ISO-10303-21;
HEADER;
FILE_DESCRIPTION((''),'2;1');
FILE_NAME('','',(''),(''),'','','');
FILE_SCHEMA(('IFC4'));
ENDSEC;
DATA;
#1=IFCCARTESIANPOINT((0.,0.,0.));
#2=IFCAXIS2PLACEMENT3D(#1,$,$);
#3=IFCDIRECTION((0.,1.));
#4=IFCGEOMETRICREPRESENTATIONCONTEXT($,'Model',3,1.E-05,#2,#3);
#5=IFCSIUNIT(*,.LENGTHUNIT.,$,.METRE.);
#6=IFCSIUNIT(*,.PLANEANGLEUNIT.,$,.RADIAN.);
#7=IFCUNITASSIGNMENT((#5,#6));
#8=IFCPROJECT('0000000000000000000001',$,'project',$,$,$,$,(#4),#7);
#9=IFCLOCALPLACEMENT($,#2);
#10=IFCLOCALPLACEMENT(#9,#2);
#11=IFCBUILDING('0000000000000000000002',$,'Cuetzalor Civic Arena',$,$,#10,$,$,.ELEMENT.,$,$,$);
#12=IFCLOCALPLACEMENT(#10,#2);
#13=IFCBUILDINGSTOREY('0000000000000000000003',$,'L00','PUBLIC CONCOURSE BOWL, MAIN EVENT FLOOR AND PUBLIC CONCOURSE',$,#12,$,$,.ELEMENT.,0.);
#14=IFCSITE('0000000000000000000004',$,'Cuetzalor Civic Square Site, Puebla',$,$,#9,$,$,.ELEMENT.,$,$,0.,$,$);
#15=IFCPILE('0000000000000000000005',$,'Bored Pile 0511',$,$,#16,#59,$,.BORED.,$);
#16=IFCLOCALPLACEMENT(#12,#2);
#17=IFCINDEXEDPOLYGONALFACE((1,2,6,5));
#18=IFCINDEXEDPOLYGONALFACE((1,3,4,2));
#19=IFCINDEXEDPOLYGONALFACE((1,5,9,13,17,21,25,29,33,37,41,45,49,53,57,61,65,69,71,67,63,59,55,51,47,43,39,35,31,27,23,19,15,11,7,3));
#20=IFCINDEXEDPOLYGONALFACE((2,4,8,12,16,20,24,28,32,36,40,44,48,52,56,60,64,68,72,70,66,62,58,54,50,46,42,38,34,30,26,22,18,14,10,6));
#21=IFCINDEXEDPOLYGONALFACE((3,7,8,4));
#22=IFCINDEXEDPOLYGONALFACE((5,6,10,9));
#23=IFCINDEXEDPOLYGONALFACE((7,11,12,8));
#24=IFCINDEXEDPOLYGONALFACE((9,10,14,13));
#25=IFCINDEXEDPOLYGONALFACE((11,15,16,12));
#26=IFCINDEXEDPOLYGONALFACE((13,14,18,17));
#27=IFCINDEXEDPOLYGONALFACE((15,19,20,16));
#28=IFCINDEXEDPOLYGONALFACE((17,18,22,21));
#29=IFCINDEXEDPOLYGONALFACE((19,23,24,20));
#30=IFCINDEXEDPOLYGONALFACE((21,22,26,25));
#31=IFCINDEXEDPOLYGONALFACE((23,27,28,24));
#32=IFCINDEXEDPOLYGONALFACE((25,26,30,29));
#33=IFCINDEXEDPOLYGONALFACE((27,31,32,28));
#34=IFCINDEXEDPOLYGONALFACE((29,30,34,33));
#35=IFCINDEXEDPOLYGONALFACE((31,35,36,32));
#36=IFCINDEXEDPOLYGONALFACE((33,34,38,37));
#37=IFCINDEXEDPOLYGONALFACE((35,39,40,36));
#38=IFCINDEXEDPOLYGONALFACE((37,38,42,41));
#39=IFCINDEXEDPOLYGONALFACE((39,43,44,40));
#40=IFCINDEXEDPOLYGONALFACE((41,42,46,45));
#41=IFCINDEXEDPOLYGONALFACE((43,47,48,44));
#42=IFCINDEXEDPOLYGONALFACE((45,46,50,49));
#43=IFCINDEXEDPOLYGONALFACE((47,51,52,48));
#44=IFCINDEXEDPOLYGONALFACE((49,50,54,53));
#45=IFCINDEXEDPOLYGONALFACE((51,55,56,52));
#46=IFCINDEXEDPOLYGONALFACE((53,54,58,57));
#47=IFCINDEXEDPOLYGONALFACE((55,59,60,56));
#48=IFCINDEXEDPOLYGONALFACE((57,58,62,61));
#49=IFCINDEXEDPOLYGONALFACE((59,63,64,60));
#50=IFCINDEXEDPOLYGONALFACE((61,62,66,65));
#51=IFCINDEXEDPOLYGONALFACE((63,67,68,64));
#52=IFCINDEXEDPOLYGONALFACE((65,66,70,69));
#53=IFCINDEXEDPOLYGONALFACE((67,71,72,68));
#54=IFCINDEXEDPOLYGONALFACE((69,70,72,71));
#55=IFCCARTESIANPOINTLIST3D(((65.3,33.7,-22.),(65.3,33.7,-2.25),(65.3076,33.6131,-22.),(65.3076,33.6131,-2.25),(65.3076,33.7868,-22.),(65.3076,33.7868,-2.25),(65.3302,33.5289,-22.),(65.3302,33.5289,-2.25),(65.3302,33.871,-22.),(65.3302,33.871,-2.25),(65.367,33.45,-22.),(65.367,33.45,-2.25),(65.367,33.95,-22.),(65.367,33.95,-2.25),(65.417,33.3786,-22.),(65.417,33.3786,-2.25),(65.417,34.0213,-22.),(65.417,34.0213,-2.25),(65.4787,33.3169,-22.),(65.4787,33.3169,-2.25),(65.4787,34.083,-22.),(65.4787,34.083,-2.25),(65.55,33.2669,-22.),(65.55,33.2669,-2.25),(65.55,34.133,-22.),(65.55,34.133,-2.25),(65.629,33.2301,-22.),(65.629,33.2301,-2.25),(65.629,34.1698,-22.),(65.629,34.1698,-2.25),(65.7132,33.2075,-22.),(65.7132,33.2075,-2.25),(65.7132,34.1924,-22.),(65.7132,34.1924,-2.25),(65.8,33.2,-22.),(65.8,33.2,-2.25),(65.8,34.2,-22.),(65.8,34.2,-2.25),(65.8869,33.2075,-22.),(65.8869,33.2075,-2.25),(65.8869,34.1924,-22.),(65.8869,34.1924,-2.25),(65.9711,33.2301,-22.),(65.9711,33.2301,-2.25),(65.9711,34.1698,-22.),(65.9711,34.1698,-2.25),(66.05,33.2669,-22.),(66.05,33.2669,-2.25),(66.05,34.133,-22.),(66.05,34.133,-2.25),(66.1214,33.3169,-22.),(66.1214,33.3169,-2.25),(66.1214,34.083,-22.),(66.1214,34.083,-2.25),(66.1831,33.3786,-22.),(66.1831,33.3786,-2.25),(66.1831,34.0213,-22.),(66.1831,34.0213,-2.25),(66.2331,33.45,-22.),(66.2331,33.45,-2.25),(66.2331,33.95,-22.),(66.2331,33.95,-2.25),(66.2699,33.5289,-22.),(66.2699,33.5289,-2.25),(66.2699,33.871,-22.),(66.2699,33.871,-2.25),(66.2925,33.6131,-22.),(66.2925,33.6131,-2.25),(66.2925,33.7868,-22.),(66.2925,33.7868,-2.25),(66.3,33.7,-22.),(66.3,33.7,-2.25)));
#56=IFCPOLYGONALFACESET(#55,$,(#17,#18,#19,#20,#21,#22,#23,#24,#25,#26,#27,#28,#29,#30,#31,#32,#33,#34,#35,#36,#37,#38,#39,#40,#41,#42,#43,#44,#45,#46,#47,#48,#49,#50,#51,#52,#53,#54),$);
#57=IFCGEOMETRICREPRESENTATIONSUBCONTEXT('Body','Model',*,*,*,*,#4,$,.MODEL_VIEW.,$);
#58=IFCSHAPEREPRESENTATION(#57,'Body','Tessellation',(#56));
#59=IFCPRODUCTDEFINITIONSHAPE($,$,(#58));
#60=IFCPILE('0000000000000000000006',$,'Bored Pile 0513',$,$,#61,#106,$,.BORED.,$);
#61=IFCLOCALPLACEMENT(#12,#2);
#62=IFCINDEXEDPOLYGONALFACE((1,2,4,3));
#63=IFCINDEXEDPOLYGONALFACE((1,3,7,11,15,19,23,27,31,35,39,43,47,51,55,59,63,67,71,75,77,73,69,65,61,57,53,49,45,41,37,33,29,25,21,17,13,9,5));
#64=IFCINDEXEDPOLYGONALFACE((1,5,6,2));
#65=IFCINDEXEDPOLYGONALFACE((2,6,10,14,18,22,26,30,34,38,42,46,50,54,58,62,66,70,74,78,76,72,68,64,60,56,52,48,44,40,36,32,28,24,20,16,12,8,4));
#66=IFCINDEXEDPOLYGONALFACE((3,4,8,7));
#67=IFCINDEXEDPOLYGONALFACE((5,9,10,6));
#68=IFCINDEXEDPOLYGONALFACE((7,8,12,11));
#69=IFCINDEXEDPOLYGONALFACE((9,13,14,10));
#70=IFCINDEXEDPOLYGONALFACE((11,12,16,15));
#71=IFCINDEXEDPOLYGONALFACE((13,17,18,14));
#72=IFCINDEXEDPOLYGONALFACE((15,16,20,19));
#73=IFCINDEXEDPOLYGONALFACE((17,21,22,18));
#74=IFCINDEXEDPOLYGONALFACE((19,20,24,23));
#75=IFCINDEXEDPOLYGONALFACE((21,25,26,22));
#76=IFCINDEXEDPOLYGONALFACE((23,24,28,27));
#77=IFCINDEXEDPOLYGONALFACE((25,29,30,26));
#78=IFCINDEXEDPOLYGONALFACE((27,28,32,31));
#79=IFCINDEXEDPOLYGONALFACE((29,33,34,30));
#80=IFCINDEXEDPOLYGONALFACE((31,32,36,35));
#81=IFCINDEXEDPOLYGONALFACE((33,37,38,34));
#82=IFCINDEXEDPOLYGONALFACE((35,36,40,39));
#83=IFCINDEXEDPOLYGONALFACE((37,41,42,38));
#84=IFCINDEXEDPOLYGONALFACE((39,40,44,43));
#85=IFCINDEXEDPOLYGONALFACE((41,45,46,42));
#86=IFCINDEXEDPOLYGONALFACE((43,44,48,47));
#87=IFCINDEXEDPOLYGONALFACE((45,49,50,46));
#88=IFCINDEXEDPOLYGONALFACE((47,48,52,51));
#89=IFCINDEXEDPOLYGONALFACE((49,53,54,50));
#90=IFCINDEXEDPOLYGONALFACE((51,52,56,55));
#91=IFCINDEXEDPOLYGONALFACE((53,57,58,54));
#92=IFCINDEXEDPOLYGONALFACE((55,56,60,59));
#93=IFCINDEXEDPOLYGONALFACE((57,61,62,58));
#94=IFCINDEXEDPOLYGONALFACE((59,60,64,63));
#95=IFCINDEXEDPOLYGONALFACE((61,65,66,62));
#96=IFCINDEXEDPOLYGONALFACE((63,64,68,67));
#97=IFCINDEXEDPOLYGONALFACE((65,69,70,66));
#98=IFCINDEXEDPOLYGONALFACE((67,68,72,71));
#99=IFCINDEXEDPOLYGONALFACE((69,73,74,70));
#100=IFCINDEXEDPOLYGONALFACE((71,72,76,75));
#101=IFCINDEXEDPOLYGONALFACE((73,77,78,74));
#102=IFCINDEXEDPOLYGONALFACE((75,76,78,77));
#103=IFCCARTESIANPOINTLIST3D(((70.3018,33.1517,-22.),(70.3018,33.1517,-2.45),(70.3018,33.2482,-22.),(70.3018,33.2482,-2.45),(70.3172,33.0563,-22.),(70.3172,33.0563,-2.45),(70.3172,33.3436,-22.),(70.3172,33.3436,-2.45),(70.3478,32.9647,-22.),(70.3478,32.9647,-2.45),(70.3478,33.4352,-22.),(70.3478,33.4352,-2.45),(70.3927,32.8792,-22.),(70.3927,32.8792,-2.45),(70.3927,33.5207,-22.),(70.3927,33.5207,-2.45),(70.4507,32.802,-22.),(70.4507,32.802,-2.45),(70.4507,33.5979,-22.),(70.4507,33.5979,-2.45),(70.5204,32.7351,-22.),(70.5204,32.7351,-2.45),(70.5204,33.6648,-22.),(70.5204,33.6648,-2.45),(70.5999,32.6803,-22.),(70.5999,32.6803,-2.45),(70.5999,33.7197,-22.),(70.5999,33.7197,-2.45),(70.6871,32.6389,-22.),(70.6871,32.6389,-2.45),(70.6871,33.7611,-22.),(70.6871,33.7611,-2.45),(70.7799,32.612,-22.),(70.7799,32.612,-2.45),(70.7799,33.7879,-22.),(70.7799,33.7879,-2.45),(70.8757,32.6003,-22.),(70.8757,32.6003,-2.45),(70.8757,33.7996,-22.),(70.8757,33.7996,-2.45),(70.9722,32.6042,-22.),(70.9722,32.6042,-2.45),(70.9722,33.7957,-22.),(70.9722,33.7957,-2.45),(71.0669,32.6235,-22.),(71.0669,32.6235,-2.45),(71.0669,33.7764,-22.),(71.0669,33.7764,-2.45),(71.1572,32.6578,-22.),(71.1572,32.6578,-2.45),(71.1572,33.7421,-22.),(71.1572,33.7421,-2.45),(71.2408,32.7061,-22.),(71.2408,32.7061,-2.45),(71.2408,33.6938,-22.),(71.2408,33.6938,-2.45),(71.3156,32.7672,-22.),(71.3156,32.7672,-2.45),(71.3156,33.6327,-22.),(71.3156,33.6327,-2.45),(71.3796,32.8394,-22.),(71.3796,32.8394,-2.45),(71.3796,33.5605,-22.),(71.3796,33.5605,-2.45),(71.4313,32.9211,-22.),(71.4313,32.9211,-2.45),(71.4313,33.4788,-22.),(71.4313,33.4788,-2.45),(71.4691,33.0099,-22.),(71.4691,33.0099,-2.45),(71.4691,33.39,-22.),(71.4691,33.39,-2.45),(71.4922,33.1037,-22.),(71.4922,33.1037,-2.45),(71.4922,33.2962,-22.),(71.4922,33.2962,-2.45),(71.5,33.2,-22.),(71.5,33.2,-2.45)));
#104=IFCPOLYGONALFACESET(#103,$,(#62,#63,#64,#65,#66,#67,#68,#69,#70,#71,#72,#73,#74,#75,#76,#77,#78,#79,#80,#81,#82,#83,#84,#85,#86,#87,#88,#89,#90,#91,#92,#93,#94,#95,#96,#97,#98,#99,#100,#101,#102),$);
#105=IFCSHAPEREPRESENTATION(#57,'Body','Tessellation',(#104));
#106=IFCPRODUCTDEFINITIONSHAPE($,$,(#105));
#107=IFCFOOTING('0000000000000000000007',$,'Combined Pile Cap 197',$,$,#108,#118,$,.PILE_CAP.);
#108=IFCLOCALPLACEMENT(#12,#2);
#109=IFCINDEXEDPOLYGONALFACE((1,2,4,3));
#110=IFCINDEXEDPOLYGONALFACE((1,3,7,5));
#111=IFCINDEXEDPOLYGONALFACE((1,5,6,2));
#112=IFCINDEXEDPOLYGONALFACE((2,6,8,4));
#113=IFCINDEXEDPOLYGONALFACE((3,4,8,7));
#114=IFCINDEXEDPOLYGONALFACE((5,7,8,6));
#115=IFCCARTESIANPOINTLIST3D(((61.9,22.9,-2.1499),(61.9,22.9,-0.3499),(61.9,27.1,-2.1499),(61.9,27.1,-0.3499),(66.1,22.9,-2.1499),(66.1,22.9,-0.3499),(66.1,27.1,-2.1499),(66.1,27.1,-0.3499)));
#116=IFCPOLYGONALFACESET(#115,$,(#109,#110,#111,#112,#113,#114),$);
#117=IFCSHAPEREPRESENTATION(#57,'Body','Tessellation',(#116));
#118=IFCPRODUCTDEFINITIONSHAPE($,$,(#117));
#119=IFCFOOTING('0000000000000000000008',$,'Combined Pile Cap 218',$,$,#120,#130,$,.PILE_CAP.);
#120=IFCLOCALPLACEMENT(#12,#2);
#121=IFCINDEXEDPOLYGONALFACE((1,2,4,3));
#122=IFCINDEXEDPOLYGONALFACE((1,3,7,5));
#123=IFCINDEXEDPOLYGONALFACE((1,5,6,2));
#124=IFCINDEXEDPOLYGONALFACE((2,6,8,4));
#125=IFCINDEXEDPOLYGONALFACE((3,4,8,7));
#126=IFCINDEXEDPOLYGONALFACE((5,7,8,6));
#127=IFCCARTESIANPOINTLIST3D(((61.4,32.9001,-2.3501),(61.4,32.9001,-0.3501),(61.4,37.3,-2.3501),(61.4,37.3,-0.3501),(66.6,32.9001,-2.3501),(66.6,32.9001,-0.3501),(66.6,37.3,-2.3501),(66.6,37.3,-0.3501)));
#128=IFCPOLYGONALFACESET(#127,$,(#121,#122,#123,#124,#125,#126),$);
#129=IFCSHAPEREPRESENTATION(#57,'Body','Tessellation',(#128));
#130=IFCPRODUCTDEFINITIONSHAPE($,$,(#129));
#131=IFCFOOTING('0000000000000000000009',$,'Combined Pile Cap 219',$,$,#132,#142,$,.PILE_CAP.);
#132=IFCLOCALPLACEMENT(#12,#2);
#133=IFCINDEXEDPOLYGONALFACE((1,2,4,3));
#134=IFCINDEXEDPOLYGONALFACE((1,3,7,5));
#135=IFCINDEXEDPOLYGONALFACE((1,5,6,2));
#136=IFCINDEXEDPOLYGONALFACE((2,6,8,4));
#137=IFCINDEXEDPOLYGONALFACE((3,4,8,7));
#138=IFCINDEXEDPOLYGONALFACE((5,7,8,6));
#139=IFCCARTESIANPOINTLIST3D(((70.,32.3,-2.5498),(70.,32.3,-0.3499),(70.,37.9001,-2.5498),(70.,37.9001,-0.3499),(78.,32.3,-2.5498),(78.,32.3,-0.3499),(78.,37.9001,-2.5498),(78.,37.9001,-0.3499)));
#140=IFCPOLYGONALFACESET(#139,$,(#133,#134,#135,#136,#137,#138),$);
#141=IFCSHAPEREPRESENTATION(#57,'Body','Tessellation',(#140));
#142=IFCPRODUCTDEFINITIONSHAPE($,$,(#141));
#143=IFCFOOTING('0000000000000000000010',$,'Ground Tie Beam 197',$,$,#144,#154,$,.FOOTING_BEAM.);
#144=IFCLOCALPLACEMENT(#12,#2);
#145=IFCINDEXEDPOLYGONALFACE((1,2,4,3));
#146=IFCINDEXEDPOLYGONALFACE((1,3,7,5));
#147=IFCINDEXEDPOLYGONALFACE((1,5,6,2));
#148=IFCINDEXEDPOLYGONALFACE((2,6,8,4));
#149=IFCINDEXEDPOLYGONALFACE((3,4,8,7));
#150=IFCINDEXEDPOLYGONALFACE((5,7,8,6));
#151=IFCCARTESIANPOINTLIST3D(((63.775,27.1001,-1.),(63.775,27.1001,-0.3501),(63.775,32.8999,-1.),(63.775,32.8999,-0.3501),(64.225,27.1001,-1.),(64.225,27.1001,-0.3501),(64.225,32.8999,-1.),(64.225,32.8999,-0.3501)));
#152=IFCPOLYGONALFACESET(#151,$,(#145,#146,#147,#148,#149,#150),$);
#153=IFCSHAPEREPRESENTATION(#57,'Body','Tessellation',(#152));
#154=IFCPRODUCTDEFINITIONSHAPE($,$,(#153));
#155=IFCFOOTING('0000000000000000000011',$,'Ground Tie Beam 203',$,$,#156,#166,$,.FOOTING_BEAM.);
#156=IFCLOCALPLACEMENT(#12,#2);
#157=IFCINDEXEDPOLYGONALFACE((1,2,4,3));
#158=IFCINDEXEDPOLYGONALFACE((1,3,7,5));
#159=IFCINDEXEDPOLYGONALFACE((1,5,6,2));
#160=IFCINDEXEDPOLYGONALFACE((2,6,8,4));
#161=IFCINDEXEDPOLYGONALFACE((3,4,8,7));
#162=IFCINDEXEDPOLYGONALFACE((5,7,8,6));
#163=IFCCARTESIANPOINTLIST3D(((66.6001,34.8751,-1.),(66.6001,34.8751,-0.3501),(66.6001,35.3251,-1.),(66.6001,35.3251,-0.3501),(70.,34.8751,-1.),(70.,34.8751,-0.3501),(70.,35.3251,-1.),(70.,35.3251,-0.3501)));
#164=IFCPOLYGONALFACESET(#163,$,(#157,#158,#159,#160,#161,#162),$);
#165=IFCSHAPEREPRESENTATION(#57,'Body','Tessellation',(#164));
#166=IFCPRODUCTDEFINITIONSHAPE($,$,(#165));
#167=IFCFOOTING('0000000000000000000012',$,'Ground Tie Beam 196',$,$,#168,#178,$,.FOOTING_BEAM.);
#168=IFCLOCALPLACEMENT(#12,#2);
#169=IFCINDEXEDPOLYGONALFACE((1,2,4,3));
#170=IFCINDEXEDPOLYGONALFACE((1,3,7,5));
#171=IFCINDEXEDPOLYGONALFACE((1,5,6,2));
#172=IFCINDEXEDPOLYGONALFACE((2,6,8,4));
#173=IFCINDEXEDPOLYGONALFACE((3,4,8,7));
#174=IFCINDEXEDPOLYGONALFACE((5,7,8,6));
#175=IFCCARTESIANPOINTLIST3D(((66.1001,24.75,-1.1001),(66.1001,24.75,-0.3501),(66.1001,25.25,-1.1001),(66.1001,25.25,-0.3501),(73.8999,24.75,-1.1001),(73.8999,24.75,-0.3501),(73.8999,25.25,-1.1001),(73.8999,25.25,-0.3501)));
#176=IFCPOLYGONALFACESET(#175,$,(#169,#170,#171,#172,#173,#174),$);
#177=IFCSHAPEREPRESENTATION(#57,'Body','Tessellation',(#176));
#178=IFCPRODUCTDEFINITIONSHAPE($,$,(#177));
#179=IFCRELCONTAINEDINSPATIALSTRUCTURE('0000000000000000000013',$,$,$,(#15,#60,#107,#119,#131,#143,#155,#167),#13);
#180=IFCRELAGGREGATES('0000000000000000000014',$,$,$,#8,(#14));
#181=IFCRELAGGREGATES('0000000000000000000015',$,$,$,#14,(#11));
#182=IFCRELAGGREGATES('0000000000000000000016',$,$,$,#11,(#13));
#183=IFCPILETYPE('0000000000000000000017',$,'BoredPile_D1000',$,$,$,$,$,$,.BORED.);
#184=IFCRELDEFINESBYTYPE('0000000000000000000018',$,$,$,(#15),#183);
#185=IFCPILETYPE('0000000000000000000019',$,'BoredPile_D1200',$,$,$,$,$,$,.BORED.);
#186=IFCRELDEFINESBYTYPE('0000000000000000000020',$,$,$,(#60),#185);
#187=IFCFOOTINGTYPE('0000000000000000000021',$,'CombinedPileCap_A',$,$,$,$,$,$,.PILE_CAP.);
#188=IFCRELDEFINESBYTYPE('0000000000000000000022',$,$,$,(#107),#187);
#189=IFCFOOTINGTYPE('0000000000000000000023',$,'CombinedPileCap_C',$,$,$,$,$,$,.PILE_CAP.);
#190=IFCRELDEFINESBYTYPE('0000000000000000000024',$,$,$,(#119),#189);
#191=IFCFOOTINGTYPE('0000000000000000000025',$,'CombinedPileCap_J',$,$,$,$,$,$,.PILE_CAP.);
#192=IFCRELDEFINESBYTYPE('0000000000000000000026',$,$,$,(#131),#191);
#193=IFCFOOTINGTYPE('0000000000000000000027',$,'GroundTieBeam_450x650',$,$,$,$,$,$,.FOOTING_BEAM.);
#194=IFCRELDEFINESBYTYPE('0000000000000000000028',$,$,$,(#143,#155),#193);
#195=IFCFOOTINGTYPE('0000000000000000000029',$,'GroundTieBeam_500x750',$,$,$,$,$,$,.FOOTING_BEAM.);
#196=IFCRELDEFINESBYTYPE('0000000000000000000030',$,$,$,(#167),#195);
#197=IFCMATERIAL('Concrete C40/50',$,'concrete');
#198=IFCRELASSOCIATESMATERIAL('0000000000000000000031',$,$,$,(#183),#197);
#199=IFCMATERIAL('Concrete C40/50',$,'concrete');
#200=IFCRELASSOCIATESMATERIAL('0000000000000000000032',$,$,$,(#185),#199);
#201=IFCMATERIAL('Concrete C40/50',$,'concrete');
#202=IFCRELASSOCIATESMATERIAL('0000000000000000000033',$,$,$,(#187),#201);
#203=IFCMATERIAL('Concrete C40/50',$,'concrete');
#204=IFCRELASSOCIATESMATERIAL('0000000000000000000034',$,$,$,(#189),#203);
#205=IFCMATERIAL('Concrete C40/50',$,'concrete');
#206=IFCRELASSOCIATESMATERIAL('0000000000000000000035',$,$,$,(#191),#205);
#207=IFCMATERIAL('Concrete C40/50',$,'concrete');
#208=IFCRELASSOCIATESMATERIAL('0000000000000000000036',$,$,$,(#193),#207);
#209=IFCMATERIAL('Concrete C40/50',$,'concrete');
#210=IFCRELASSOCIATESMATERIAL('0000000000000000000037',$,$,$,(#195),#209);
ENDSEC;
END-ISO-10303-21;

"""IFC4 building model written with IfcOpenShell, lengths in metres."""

from ifc_helpers import new_model, si_unit, direction, frame, origin, origin_2d, place, context, subcontext, project, spatial, rectangle, circle, extrude, material, material_profile, profile_set, type_object, element, save


model = new_model("IFC4")

# Units and contexts
model_context = context("Model", 3, precision=1e-05, world=origin(), true_north=direction((0.0, 1.0)))
body_context = subcontext(model_context, "Body", "Model", "MODEL_VIEW")
ifc_project = project(units=[si_unit("LENGTHUNIT", "METRE"), si_unit("PLANEANGLEUNIT", "RADIAN")], contexts=[model_context])

# Site, building, storey
site_placement = place(None, origin())
site = spatial("IfcSite", under=ifc_project, at=site_placement, Name="Cuetzalor Civic Square Site, Puebla", CompositionType="ELEMENT", RefElevation=0.0)
building_placement = place(site_placement, origin())
building = spatial("IfcBuilding", under=site, at=building_placement, Name="Cuetzalor Civic Arena", CompositionType="ELEMENT")
storey_placement = place(building_placement, origin())
storey = spatial("IfcBuildingStorey", under=building, at=storey_placement, Name="L00", Description="PUBLIC CONCOURSE BOWL, MAIN EVENT FLOOR AND PUBLIC CONCOURSE", CompositionType="ELEMENT", Elevation=0.0)

# Piles
ifc_material_1 = material(Name="Concrete C40/50", Category="concrete")
ifc_material_profile_1 = material_profile(ifc_material_1, circle(Radius=0.5, at=origin_2d()), Name="BORED PILE D1000")
ifc_profile_set_1 = profile_set([ifc_material_profile_1], Name="Concrete C40/50")
pile_type_1 = type_object("IfcPileType", Name="BoredPile_D1000", PredefinedType="BORED", material=ifc_profile_set_1)
pile_1_placement = place(storey_placement, frame((65.8, 33.7, -2.25), z_axis=(0.0, 0.0, -1.0), x_axis=(1.0, 0.0, 0.0)))
element("IfcPile", 1, at=pile_1_placement, inside=storey, type_object=pile_type_1, Name="Bored Pile 0511", PredefinedType="BORED", context=body_context, shape_type="SweptSolid", body=[
    extrude(circle(Radius=0.5, at=origin_2d()), origin(), (0.0, 0.0, 1.0), 19.75),
])
ifc_material_2 = material(Name="Concrete C40/50", Category="concrete")
ifc_material_profile_2 = material_profile(ifc_material_2, circle(Radius=0.6001, at=origin_2d()), Name="BORED PILE D1200")
ifc_profile_set_2 = profile_set([ifc_material_profile_2], Name="Concrete C40/50")
pile_type_2 = type_object("IfcPileType", Name="BoredPile_D1200", PredefinedType="BORED", material=ifc_profile_set_2)
pile_2_placement = place(storey_placement, frame((70.8999, 33.2, -2.45), z_axis=(0.0, 0.0, -1.0), x_axis=(1.0, 0.0, 0.0)))
element("IfcPile", 2, at=pile_2_placement, inside=storey, type_object=pile_type_2, Name="Bored Pile 0513", PredefinedType="BORED", context=body_context, shape_type="SweptSolid", body=[
    extrude(circle(Radius=0.6001, at=origin_2d()), origin(), (0.0, 0.0, 1.0), 19.55),
])

# Footings
ifc_material_3 = material(Name="Concrete C40/50", Category="concrete")
footing_type_1 = type_object("IfcFootingType", Name="CombinedPileCap_A", PredefinedType="PILE_CAP", material=ifc_material_3)
footing_1_placement = place(storey_placement, frame((64.0, 25.0, -2.1499), z_axis=(0.0, 0.0, 1.0), x_axis=(1.0, 0.0, 0.0)))
element("IfcFooting", 3, at=footing_1_placement, inside=storey, type_object=footing_type_1, Name="Combined Pile Cap 197", PredefinedType="PILE_CAP", context=body_context, shape_type="SweptSolid", body=[
    extrude(rectangle(XDim=4.2, YDim=4.2, at=origin_2d()), origin(), (0.0, 0.0, 1.0), 1.8),
])
ifc_material_4 = material(Name="Concrete C40/50", Category="concrete")
footing_type_2 = type_object("IfcFootingType", Name="CombinedPileCap_C", PredefinedType="PILE_CAP", material=ifc_material_4)
footing_2_placement = place(storey_placement, frame((64.0, 35.1001, -2.3501), z_axis=(0.0, 0.0, 1.0), x_axis=(1.0, 0.0, 0.0)))
element("IfcFooting", 4, at=footing_2_placement, inside=storey, type_object=footing_type_2, Name="Combined Pile Cap 218", PredefinedType="PILE_CAP", context=body_context, shape_type="SweptSolid", body=[
    extrude(rectangle(XDim=5.2, YDim=4.3999, at=origin_2d()), origin(), (0.0, 0.0, 1.0), 2.0),
])
ifc_material_5 = material(Name="Concrete C40/50", Category="concrete")
footing_type_3 = type_object("IfcFootingType", Name="CombinedPileCap_J", PredefinedType="PILE_CAP", material=ifc_material_5)
footing_3_placement = place(storey_placement, frame((74.0, 35.1001, -2.5498), z_axis=(0.0, 0.0, 1.0), x_axis=(1.0, 0.0, 0.0)))
element("IfcFooting", 5, at=footing_3_placement, inside=storey, type_object=footing_type_3, Name="Combined Pile Cap 219", PredefinedType="PILE_CAP", context=body_context, shape_type="SweptSolid", body=[
    extrude(rectangle(XDim=8.0, YDim=5.6001, at=origin_2d()), origin(), (0.0, 0.0, 1.0), 2.2),
])
ifc_material_6 = material(Name="Concrete C40/50", Category="concrete")
ifc_material_profile_3 = material_profile(ifc_material_6, rectangle(XDim=0.45, YDim=0.6499, at=origin_2d()), Name="RC 450x650")
ifc_profile_set_3 = profile_set([ifc_material_profile_3], Name="Concrete C40/50")
footing_type_4 = type_object("IfcFootingType", Name="GroundTieBeam_450x650", PredefinedType="FOOTING_BEAM", material=ifc_profile_set_3)
footing_4_placement = place(storey_placement, frame((64.0, 27.1001, -0.675), z_axis=(0.0, 1.0, 0.0), x_axis=(-1.0, 0.0, 0.0)))
element("IfcFooting", 6, at=footing_4_placement, inside=storey, type_object=footing_type_4, Name="Ground Tie Beam 197", PredefinedType="FOOTING_BEAM", context=body_context, shape_type="SweptSolid", body=[
    extrude(rectangle(XDim=0.45, YDim=0.6499, at=origin_2d()), origin(), (0.0, 0.0, 1.0), 5.7998),
])
footing_5_placement = place(storey_placement, frame((66.6001, 35.1001, -0.675), z_axis=(1.0, 0.0, 0.0), x_axis=(0.0, 1.0, 0.0)))
element("IfcFooting", 7, at=footing_5_placement, inside=storey, type_object=footing_type_4, Name="Ground Tie Beam 203", PredefinedType="FOOTING_BEAM", context=body_context, shape_type="SweptSolid", body=[
    extrude(rectangle(XDim=0.45, YDim=0.6499, at=origin_2d()), origin(), (0.0, 0.0, 1.0), 3.3999),
])
ifc_material_7 = material(Name="Concrete C40/50", Category="concrete")
ifc_material_profile_4 = material_profile(ifc_material_7, rectangle(XDim=0.5, YDim=0.75, at=origin_2d()), Name="RC 500x750")
ifc_profile_set_4 = profile_set([ifc_material_profile_4], Name="Concrete C40/50")
footing_type_5 = type_object("IfcFootingType", Name="GroundTieBeam_500x750", PredefinedType="FOOTING_BEAM", material=ifc_profile_set_4)
footing_6_placement = place(storey_placement, frame((66.1001, 25.0, -0.7251), z_axis=(1.0, 0.0, 0.0), x_axis=(0.0, 1.0, 0.0)))
element("IfcFooting", 8, at=footing_6_placement, inside=storey, type_object=footing_type_5, Name="Ground Tie Beam 196", PredefinedType="FOOTING_BEAM", context=body_context, shape_type="SweptSolid", body=[
    extrude(rectangle(XDim=0.5, YDim=0.75, at=origin_2d()), origin(), (0.0, 0.0, 1.0), 7.7998),
])

save(model, "model.ifc")
